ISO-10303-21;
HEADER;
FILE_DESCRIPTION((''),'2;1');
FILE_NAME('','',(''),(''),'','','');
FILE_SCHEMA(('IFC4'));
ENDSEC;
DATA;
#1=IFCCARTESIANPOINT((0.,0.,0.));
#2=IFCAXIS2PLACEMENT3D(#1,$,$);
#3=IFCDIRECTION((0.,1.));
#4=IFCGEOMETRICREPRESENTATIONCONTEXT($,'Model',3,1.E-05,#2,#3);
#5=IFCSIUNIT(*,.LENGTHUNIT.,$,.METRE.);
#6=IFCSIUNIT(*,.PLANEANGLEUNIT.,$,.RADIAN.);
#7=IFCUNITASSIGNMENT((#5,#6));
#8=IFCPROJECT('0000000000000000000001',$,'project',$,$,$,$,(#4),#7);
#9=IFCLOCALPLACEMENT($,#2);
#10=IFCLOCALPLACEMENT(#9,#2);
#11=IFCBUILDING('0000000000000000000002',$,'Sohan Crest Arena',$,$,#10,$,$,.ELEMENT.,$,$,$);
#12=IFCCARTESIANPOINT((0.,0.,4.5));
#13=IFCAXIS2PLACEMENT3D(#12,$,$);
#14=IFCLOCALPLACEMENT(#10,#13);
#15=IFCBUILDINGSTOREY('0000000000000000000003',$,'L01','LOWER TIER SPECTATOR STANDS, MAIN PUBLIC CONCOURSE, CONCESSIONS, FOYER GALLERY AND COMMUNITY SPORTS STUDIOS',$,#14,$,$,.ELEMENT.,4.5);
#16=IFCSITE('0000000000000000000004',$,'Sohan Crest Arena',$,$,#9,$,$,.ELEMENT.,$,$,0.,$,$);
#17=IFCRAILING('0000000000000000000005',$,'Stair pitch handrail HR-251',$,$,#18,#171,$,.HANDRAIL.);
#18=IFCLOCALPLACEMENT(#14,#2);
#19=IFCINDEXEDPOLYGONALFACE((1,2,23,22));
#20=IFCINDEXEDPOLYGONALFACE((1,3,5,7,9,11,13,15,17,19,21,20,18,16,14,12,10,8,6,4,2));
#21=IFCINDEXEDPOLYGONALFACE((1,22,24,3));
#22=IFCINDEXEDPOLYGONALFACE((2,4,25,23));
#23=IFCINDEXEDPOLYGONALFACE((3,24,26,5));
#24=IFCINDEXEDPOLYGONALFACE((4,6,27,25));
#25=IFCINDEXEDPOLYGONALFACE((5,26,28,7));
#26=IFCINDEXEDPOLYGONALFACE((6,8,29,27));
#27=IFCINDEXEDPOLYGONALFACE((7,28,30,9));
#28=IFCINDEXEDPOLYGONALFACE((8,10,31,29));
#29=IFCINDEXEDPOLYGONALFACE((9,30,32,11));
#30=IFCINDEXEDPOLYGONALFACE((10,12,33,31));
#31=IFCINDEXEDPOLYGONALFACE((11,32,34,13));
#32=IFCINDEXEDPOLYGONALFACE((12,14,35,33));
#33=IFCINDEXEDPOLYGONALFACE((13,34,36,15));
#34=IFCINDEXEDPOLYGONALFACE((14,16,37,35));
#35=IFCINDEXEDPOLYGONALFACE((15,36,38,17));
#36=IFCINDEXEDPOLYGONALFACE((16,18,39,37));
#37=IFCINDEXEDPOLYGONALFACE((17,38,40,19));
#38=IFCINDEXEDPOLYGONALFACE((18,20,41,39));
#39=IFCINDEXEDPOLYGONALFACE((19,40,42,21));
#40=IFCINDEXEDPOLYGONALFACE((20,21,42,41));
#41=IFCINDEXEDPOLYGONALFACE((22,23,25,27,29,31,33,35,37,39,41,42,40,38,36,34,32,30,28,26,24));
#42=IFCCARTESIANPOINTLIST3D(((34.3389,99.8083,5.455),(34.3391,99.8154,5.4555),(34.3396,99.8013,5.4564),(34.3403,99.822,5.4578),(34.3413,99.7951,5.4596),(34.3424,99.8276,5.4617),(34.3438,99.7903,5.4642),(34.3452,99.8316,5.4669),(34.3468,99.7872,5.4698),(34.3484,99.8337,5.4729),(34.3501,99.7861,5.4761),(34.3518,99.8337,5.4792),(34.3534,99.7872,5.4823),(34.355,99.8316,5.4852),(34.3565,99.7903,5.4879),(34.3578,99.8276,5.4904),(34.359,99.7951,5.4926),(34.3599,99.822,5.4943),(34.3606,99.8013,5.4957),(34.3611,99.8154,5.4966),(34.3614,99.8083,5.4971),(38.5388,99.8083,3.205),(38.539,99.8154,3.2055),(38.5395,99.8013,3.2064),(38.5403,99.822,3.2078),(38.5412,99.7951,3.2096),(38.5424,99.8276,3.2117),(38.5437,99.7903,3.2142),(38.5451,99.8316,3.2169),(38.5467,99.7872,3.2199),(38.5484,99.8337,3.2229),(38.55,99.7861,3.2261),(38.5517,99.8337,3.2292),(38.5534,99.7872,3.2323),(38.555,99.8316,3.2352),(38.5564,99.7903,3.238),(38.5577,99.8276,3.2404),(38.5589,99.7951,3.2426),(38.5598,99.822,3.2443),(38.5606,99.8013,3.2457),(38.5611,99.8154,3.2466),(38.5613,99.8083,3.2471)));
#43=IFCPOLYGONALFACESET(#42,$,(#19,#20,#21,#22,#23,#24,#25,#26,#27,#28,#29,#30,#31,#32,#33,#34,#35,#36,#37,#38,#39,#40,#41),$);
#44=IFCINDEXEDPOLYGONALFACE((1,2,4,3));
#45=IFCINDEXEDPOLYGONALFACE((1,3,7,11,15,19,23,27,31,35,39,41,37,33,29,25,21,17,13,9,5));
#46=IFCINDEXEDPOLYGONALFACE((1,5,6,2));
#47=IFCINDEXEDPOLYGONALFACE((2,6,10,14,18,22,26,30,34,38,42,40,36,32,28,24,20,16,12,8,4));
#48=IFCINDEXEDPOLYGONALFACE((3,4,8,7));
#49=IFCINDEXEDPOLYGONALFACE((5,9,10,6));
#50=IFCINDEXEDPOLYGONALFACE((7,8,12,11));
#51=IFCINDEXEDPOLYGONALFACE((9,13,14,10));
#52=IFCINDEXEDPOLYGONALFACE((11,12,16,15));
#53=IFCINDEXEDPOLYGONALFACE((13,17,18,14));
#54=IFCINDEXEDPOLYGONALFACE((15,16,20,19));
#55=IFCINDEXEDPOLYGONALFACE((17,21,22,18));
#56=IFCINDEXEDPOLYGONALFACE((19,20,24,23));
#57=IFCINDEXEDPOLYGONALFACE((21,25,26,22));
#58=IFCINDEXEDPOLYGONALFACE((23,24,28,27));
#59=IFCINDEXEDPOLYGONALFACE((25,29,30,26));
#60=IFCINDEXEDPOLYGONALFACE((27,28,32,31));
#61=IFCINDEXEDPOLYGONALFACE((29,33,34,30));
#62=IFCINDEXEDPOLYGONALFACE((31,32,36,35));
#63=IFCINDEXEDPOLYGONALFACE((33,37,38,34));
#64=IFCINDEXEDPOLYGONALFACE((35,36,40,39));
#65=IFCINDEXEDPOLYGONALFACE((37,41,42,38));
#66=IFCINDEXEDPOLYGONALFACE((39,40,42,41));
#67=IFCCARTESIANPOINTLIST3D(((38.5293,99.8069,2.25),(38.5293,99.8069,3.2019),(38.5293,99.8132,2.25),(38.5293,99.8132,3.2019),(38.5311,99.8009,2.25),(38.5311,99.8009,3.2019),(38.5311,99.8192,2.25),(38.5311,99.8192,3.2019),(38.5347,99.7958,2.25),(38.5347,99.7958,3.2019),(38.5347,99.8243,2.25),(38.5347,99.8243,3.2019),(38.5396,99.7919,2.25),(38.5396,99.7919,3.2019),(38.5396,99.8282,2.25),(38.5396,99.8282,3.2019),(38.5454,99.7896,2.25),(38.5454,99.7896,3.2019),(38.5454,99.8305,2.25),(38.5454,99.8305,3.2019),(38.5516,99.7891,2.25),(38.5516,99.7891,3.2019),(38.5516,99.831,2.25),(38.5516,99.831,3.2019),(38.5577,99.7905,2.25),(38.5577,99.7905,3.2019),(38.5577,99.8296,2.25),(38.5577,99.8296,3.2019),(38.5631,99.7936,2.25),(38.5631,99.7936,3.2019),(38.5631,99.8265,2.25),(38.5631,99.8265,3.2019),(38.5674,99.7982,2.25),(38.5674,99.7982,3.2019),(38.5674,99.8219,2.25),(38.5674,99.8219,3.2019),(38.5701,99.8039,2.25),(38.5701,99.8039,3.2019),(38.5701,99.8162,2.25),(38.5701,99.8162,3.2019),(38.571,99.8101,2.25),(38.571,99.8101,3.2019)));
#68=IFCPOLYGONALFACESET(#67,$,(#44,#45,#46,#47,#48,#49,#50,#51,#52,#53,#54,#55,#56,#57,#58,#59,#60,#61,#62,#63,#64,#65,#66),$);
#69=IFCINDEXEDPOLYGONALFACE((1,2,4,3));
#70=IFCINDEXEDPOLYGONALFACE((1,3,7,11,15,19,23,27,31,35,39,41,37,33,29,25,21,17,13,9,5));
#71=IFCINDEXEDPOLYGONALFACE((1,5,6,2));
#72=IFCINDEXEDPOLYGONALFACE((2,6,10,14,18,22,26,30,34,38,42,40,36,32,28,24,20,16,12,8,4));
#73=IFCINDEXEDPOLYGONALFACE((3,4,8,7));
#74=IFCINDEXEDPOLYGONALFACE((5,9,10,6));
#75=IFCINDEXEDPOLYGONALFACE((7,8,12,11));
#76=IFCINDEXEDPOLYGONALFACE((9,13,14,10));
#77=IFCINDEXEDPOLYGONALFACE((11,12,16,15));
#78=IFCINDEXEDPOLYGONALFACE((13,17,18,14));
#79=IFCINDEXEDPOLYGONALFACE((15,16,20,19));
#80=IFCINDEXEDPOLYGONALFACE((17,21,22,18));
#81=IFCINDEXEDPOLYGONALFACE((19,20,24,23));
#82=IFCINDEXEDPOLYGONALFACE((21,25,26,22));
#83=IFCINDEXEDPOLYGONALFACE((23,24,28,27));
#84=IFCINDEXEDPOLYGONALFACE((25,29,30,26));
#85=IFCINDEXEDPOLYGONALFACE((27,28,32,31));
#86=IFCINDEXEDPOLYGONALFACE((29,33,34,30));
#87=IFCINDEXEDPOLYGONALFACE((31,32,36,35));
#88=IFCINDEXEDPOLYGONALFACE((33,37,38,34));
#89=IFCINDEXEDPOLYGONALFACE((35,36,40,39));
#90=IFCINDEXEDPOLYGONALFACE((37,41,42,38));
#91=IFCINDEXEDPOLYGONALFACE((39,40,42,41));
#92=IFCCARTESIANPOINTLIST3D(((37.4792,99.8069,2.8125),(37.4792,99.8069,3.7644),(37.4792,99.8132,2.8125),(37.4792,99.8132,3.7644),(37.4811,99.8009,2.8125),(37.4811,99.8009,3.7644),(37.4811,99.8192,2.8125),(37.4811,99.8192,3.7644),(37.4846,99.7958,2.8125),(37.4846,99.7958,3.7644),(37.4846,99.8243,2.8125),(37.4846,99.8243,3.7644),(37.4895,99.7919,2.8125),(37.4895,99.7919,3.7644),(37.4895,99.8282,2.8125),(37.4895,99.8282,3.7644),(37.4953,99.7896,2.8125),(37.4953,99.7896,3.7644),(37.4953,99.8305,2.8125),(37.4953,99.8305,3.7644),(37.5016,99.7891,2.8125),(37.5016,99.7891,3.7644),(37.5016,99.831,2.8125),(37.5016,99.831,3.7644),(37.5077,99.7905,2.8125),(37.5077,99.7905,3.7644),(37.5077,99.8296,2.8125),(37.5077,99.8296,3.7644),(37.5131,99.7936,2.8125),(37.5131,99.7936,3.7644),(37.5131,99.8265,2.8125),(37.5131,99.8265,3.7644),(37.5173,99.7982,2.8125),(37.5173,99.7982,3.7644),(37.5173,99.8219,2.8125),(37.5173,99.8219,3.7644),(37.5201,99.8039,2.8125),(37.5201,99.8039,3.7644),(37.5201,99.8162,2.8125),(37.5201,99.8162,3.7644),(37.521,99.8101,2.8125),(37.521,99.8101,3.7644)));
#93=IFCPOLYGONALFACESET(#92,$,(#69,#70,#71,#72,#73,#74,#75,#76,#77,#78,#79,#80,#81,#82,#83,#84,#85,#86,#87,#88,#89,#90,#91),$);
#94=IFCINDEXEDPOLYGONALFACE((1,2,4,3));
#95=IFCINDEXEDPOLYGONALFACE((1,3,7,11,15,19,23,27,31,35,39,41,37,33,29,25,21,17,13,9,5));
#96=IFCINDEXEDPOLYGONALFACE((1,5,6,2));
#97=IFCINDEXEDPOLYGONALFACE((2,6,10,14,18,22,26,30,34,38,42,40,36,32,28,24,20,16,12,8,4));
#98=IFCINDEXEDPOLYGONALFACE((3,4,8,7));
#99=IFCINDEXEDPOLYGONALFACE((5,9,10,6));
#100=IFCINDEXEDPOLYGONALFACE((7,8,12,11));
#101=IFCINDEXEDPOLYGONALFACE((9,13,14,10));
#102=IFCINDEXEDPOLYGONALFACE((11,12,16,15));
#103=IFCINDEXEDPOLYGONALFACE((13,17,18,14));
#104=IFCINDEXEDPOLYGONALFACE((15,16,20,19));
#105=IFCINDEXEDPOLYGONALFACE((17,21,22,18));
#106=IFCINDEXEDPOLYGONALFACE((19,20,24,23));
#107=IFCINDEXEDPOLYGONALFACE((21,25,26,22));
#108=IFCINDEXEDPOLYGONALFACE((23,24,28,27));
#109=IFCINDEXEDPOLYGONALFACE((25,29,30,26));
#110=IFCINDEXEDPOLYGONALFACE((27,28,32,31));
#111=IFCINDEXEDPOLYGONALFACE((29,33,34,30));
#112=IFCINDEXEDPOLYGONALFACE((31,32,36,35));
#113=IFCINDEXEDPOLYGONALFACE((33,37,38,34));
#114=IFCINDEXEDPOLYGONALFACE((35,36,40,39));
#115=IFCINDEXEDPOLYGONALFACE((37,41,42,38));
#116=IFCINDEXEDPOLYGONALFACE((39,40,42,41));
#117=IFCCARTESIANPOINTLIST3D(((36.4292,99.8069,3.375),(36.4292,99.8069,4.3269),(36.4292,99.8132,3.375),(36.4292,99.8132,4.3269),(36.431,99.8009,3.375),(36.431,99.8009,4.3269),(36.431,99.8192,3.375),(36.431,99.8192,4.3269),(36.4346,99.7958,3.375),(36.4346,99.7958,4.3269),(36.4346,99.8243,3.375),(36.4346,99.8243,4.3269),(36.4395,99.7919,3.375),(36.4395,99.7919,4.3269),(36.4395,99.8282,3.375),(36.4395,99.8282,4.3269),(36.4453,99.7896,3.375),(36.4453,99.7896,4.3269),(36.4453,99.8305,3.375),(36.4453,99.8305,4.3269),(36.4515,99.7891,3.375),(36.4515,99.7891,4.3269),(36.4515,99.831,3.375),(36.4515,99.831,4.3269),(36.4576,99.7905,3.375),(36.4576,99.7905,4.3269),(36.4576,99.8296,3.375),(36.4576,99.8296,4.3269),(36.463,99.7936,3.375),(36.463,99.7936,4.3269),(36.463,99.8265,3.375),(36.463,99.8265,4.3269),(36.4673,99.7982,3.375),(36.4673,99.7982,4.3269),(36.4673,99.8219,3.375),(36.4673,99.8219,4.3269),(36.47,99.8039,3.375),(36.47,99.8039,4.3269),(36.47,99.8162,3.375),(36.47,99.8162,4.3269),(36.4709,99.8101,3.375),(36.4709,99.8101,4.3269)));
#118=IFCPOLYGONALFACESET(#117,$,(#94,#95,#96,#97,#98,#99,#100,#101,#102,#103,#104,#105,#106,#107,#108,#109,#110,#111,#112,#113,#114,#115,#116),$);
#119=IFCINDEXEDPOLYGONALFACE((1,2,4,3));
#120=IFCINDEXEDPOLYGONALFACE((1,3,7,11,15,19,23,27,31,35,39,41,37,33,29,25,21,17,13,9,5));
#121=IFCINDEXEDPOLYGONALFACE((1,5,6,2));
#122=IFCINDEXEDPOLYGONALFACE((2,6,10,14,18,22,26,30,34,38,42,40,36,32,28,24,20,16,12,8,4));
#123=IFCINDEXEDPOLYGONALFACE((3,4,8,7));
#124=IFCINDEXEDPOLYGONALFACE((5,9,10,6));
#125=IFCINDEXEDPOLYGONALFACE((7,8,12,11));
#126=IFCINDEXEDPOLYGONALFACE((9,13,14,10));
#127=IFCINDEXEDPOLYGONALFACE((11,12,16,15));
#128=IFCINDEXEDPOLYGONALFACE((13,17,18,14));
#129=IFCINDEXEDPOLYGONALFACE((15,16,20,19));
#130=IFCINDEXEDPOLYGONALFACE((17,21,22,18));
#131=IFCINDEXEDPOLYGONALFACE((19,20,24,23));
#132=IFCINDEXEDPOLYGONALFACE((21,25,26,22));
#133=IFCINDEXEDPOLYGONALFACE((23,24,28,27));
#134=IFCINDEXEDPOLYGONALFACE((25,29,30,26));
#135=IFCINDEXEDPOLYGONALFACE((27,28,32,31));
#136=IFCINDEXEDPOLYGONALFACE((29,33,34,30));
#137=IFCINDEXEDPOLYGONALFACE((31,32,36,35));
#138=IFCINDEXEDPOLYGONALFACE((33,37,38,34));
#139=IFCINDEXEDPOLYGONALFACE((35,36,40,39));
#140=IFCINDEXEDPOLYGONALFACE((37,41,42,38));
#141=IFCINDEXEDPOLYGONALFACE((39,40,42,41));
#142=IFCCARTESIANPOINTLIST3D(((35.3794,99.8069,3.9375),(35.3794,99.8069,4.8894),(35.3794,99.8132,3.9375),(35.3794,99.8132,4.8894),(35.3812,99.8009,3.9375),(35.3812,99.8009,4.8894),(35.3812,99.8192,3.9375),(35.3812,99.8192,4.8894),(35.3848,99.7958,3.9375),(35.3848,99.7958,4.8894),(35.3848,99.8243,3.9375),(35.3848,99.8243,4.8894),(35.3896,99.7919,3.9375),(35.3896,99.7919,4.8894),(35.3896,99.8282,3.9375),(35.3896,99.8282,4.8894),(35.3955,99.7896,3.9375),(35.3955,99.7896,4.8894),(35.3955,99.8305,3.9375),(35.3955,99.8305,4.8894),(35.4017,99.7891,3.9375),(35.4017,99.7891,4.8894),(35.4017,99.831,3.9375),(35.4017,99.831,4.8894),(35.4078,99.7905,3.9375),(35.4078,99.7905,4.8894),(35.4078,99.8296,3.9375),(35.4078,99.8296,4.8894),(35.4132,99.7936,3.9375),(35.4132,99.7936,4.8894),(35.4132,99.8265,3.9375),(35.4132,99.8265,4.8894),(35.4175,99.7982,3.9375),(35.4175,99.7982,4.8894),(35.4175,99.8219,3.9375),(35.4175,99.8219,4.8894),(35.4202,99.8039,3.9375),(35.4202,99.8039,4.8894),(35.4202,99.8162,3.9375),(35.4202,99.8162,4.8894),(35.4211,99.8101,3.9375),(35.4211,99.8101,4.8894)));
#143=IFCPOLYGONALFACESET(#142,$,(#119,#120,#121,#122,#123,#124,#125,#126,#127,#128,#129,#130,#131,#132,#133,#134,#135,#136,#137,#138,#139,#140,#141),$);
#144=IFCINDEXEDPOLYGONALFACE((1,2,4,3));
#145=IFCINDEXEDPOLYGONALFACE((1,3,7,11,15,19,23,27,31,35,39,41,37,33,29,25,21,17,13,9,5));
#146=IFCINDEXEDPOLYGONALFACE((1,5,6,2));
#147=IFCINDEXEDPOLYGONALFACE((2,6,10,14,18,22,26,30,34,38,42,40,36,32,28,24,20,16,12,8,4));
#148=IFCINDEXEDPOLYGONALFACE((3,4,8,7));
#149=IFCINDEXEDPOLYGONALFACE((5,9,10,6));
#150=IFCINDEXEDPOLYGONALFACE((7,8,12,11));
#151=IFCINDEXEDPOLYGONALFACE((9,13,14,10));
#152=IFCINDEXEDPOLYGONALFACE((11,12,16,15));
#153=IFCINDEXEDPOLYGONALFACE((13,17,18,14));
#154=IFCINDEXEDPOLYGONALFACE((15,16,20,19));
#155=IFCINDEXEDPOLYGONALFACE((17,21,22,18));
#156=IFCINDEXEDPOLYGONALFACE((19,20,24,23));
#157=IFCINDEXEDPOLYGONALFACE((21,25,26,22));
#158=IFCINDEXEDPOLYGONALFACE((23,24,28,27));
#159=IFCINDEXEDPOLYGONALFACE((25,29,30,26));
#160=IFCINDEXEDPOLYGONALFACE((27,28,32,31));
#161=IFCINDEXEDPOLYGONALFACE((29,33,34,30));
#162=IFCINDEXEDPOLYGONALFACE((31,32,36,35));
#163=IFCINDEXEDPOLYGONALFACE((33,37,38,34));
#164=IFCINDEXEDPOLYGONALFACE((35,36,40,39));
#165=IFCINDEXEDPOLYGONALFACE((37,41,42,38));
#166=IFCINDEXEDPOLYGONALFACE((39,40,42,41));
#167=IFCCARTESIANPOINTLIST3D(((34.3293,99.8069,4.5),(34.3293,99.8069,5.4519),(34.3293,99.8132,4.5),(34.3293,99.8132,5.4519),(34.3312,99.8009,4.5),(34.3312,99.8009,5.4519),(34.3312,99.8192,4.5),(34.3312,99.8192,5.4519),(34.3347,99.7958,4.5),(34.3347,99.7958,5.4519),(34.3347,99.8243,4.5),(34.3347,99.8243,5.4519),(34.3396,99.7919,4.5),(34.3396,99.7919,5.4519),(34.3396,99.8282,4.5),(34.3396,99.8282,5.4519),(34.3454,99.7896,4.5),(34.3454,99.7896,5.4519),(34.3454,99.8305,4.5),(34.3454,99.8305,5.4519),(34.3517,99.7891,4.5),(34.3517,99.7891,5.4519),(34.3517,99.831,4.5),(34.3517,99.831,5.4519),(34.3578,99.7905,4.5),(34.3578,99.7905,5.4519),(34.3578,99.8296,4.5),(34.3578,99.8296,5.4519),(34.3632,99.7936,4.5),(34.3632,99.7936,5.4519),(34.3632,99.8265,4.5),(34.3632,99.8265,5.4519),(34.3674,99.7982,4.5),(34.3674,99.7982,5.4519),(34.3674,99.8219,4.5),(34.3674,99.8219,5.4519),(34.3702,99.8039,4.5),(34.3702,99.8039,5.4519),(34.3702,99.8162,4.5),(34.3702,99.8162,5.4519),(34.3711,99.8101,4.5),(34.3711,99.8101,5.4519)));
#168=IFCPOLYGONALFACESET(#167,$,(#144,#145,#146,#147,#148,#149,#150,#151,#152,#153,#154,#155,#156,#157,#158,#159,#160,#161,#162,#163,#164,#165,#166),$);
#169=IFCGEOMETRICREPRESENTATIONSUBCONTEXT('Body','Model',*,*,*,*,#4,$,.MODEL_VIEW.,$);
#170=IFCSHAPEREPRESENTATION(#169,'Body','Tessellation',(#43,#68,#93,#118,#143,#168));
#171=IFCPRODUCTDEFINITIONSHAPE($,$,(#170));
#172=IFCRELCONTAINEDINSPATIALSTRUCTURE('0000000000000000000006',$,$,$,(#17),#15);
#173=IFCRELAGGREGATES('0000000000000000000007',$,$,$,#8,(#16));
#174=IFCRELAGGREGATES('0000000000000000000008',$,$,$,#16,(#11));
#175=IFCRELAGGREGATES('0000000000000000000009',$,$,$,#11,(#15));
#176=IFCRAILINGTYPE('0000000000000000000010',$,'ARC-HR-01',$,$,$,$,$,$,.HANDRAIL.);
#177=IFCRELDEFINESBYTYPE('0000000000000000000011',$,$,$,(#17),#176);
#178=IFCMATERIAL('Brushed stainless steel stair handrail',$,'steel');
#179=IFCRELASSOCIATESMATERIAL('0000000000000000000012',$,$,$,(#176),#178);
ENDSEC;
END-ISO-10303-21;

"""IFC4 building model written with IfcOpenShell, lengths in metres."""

from ifc_helpers import new_model, si_unit, direction, frame, origin, origin_2d, place, context, subcontext, project, spatial, circle, extrude, material, type_object, element, save


model = new_model("IFC4")

# Units and contexts
model_context = context("Model", 3, precision=1e-05, world=origin(), true_north=direction((0.0, 1.0)))
body_context = subcontext(model_context, "Body", "Model", "MODEL_VIEW")
ifc_project = project(units=[si_unit("LENGTHUNIT", "METRE"), si_unit("PLANEANGLEUNIT", "RADIAN")], contexts=[model_context])

# Site, building, storey
site_placement = place(None, origin())
site = spatial("IfcSite", under=ifc_project, at=site_placement, Name="Sohan Crest Arena", CompositionType="ELEMENT", RefElevation=0.0)
building_placement = place(site_placement, origin())
building = spatial("IfcBuilding", under=site, at=building_placement, Name="Sohan Crest Arena", CompositionType="ELEMENT")
storey_placement = place(building_placement, frame((0.0, 0.0, 4.5)))
storey = spatial("IfcBuildingStorey", under=building, at=storey_placement, Name="L01", Description="LOWER TIER SPECTATOR STANDS, MAIN PUBLIC CONCOURSE, CONCESSIONS, FOYER GALLERY AND COMMUNITY SPORTS STUDIOS", CompositionType="ELEMENT", Elevation=4.5)

# Railing
ifc_material_1 = material(Name="Brushed stainless steel stair handrail", Category="steel")
railing_type_1 = type_object("IfcRailingType", Name="ARC-HR-01", PredefinedType="HANDRAIL", material=ifc_material_1)
railing_1_placement = place(storey_placement, frame((38.55, 99.8101, 2.25)))
element("IfcRailing", 1, at=railing_1_placement, inside=storey, type_object=railing_type_1, Name="Stair pitch handrail HR-251", PredefinedType="HANDRAIL", context=body_context, shape_type="SweptSolid", body=[
    extrude(circle(Radius=0.0239, at=origin_2d()), frame((0.0, 0.0, 0.9761), z_axis=(-0.881478, 0.0, 0.472226), x_axis=(0.0, -1.0, 0.0)), (0.0, 0.0, 1.0), 4.7646),
    extrude(circle(Radius=0.021, at=origin_2d()), origin(), (0.0, 0.0, 1.0), 0.9519),
    extrude(circle(Radius=0.021, at=origin_2d()), frame((-1.05, 0.0, 0.5625)), (0.0, 0.0, 1.0), 0.9519),
    extrude(circle(Radius=0.021, at=origin_2d()), frame((-2.1001, 0.0, 1.125)), (0.0, 0.0, 1.0), 0.9519),
    extrude(circle(Radius=0.021, at=origin_2d()), frame((-3.1499, 0.0, 1.6875)), (0.0, 0.0, 1.0), 0.9519),
    extrude(circle(Radius=0.021, at=origin_2d()), frame((-4.2, 0.0, 2.25)), (0.0, 0.0, 1.0), 0.9519),
])

save(model, "model.ifc")
